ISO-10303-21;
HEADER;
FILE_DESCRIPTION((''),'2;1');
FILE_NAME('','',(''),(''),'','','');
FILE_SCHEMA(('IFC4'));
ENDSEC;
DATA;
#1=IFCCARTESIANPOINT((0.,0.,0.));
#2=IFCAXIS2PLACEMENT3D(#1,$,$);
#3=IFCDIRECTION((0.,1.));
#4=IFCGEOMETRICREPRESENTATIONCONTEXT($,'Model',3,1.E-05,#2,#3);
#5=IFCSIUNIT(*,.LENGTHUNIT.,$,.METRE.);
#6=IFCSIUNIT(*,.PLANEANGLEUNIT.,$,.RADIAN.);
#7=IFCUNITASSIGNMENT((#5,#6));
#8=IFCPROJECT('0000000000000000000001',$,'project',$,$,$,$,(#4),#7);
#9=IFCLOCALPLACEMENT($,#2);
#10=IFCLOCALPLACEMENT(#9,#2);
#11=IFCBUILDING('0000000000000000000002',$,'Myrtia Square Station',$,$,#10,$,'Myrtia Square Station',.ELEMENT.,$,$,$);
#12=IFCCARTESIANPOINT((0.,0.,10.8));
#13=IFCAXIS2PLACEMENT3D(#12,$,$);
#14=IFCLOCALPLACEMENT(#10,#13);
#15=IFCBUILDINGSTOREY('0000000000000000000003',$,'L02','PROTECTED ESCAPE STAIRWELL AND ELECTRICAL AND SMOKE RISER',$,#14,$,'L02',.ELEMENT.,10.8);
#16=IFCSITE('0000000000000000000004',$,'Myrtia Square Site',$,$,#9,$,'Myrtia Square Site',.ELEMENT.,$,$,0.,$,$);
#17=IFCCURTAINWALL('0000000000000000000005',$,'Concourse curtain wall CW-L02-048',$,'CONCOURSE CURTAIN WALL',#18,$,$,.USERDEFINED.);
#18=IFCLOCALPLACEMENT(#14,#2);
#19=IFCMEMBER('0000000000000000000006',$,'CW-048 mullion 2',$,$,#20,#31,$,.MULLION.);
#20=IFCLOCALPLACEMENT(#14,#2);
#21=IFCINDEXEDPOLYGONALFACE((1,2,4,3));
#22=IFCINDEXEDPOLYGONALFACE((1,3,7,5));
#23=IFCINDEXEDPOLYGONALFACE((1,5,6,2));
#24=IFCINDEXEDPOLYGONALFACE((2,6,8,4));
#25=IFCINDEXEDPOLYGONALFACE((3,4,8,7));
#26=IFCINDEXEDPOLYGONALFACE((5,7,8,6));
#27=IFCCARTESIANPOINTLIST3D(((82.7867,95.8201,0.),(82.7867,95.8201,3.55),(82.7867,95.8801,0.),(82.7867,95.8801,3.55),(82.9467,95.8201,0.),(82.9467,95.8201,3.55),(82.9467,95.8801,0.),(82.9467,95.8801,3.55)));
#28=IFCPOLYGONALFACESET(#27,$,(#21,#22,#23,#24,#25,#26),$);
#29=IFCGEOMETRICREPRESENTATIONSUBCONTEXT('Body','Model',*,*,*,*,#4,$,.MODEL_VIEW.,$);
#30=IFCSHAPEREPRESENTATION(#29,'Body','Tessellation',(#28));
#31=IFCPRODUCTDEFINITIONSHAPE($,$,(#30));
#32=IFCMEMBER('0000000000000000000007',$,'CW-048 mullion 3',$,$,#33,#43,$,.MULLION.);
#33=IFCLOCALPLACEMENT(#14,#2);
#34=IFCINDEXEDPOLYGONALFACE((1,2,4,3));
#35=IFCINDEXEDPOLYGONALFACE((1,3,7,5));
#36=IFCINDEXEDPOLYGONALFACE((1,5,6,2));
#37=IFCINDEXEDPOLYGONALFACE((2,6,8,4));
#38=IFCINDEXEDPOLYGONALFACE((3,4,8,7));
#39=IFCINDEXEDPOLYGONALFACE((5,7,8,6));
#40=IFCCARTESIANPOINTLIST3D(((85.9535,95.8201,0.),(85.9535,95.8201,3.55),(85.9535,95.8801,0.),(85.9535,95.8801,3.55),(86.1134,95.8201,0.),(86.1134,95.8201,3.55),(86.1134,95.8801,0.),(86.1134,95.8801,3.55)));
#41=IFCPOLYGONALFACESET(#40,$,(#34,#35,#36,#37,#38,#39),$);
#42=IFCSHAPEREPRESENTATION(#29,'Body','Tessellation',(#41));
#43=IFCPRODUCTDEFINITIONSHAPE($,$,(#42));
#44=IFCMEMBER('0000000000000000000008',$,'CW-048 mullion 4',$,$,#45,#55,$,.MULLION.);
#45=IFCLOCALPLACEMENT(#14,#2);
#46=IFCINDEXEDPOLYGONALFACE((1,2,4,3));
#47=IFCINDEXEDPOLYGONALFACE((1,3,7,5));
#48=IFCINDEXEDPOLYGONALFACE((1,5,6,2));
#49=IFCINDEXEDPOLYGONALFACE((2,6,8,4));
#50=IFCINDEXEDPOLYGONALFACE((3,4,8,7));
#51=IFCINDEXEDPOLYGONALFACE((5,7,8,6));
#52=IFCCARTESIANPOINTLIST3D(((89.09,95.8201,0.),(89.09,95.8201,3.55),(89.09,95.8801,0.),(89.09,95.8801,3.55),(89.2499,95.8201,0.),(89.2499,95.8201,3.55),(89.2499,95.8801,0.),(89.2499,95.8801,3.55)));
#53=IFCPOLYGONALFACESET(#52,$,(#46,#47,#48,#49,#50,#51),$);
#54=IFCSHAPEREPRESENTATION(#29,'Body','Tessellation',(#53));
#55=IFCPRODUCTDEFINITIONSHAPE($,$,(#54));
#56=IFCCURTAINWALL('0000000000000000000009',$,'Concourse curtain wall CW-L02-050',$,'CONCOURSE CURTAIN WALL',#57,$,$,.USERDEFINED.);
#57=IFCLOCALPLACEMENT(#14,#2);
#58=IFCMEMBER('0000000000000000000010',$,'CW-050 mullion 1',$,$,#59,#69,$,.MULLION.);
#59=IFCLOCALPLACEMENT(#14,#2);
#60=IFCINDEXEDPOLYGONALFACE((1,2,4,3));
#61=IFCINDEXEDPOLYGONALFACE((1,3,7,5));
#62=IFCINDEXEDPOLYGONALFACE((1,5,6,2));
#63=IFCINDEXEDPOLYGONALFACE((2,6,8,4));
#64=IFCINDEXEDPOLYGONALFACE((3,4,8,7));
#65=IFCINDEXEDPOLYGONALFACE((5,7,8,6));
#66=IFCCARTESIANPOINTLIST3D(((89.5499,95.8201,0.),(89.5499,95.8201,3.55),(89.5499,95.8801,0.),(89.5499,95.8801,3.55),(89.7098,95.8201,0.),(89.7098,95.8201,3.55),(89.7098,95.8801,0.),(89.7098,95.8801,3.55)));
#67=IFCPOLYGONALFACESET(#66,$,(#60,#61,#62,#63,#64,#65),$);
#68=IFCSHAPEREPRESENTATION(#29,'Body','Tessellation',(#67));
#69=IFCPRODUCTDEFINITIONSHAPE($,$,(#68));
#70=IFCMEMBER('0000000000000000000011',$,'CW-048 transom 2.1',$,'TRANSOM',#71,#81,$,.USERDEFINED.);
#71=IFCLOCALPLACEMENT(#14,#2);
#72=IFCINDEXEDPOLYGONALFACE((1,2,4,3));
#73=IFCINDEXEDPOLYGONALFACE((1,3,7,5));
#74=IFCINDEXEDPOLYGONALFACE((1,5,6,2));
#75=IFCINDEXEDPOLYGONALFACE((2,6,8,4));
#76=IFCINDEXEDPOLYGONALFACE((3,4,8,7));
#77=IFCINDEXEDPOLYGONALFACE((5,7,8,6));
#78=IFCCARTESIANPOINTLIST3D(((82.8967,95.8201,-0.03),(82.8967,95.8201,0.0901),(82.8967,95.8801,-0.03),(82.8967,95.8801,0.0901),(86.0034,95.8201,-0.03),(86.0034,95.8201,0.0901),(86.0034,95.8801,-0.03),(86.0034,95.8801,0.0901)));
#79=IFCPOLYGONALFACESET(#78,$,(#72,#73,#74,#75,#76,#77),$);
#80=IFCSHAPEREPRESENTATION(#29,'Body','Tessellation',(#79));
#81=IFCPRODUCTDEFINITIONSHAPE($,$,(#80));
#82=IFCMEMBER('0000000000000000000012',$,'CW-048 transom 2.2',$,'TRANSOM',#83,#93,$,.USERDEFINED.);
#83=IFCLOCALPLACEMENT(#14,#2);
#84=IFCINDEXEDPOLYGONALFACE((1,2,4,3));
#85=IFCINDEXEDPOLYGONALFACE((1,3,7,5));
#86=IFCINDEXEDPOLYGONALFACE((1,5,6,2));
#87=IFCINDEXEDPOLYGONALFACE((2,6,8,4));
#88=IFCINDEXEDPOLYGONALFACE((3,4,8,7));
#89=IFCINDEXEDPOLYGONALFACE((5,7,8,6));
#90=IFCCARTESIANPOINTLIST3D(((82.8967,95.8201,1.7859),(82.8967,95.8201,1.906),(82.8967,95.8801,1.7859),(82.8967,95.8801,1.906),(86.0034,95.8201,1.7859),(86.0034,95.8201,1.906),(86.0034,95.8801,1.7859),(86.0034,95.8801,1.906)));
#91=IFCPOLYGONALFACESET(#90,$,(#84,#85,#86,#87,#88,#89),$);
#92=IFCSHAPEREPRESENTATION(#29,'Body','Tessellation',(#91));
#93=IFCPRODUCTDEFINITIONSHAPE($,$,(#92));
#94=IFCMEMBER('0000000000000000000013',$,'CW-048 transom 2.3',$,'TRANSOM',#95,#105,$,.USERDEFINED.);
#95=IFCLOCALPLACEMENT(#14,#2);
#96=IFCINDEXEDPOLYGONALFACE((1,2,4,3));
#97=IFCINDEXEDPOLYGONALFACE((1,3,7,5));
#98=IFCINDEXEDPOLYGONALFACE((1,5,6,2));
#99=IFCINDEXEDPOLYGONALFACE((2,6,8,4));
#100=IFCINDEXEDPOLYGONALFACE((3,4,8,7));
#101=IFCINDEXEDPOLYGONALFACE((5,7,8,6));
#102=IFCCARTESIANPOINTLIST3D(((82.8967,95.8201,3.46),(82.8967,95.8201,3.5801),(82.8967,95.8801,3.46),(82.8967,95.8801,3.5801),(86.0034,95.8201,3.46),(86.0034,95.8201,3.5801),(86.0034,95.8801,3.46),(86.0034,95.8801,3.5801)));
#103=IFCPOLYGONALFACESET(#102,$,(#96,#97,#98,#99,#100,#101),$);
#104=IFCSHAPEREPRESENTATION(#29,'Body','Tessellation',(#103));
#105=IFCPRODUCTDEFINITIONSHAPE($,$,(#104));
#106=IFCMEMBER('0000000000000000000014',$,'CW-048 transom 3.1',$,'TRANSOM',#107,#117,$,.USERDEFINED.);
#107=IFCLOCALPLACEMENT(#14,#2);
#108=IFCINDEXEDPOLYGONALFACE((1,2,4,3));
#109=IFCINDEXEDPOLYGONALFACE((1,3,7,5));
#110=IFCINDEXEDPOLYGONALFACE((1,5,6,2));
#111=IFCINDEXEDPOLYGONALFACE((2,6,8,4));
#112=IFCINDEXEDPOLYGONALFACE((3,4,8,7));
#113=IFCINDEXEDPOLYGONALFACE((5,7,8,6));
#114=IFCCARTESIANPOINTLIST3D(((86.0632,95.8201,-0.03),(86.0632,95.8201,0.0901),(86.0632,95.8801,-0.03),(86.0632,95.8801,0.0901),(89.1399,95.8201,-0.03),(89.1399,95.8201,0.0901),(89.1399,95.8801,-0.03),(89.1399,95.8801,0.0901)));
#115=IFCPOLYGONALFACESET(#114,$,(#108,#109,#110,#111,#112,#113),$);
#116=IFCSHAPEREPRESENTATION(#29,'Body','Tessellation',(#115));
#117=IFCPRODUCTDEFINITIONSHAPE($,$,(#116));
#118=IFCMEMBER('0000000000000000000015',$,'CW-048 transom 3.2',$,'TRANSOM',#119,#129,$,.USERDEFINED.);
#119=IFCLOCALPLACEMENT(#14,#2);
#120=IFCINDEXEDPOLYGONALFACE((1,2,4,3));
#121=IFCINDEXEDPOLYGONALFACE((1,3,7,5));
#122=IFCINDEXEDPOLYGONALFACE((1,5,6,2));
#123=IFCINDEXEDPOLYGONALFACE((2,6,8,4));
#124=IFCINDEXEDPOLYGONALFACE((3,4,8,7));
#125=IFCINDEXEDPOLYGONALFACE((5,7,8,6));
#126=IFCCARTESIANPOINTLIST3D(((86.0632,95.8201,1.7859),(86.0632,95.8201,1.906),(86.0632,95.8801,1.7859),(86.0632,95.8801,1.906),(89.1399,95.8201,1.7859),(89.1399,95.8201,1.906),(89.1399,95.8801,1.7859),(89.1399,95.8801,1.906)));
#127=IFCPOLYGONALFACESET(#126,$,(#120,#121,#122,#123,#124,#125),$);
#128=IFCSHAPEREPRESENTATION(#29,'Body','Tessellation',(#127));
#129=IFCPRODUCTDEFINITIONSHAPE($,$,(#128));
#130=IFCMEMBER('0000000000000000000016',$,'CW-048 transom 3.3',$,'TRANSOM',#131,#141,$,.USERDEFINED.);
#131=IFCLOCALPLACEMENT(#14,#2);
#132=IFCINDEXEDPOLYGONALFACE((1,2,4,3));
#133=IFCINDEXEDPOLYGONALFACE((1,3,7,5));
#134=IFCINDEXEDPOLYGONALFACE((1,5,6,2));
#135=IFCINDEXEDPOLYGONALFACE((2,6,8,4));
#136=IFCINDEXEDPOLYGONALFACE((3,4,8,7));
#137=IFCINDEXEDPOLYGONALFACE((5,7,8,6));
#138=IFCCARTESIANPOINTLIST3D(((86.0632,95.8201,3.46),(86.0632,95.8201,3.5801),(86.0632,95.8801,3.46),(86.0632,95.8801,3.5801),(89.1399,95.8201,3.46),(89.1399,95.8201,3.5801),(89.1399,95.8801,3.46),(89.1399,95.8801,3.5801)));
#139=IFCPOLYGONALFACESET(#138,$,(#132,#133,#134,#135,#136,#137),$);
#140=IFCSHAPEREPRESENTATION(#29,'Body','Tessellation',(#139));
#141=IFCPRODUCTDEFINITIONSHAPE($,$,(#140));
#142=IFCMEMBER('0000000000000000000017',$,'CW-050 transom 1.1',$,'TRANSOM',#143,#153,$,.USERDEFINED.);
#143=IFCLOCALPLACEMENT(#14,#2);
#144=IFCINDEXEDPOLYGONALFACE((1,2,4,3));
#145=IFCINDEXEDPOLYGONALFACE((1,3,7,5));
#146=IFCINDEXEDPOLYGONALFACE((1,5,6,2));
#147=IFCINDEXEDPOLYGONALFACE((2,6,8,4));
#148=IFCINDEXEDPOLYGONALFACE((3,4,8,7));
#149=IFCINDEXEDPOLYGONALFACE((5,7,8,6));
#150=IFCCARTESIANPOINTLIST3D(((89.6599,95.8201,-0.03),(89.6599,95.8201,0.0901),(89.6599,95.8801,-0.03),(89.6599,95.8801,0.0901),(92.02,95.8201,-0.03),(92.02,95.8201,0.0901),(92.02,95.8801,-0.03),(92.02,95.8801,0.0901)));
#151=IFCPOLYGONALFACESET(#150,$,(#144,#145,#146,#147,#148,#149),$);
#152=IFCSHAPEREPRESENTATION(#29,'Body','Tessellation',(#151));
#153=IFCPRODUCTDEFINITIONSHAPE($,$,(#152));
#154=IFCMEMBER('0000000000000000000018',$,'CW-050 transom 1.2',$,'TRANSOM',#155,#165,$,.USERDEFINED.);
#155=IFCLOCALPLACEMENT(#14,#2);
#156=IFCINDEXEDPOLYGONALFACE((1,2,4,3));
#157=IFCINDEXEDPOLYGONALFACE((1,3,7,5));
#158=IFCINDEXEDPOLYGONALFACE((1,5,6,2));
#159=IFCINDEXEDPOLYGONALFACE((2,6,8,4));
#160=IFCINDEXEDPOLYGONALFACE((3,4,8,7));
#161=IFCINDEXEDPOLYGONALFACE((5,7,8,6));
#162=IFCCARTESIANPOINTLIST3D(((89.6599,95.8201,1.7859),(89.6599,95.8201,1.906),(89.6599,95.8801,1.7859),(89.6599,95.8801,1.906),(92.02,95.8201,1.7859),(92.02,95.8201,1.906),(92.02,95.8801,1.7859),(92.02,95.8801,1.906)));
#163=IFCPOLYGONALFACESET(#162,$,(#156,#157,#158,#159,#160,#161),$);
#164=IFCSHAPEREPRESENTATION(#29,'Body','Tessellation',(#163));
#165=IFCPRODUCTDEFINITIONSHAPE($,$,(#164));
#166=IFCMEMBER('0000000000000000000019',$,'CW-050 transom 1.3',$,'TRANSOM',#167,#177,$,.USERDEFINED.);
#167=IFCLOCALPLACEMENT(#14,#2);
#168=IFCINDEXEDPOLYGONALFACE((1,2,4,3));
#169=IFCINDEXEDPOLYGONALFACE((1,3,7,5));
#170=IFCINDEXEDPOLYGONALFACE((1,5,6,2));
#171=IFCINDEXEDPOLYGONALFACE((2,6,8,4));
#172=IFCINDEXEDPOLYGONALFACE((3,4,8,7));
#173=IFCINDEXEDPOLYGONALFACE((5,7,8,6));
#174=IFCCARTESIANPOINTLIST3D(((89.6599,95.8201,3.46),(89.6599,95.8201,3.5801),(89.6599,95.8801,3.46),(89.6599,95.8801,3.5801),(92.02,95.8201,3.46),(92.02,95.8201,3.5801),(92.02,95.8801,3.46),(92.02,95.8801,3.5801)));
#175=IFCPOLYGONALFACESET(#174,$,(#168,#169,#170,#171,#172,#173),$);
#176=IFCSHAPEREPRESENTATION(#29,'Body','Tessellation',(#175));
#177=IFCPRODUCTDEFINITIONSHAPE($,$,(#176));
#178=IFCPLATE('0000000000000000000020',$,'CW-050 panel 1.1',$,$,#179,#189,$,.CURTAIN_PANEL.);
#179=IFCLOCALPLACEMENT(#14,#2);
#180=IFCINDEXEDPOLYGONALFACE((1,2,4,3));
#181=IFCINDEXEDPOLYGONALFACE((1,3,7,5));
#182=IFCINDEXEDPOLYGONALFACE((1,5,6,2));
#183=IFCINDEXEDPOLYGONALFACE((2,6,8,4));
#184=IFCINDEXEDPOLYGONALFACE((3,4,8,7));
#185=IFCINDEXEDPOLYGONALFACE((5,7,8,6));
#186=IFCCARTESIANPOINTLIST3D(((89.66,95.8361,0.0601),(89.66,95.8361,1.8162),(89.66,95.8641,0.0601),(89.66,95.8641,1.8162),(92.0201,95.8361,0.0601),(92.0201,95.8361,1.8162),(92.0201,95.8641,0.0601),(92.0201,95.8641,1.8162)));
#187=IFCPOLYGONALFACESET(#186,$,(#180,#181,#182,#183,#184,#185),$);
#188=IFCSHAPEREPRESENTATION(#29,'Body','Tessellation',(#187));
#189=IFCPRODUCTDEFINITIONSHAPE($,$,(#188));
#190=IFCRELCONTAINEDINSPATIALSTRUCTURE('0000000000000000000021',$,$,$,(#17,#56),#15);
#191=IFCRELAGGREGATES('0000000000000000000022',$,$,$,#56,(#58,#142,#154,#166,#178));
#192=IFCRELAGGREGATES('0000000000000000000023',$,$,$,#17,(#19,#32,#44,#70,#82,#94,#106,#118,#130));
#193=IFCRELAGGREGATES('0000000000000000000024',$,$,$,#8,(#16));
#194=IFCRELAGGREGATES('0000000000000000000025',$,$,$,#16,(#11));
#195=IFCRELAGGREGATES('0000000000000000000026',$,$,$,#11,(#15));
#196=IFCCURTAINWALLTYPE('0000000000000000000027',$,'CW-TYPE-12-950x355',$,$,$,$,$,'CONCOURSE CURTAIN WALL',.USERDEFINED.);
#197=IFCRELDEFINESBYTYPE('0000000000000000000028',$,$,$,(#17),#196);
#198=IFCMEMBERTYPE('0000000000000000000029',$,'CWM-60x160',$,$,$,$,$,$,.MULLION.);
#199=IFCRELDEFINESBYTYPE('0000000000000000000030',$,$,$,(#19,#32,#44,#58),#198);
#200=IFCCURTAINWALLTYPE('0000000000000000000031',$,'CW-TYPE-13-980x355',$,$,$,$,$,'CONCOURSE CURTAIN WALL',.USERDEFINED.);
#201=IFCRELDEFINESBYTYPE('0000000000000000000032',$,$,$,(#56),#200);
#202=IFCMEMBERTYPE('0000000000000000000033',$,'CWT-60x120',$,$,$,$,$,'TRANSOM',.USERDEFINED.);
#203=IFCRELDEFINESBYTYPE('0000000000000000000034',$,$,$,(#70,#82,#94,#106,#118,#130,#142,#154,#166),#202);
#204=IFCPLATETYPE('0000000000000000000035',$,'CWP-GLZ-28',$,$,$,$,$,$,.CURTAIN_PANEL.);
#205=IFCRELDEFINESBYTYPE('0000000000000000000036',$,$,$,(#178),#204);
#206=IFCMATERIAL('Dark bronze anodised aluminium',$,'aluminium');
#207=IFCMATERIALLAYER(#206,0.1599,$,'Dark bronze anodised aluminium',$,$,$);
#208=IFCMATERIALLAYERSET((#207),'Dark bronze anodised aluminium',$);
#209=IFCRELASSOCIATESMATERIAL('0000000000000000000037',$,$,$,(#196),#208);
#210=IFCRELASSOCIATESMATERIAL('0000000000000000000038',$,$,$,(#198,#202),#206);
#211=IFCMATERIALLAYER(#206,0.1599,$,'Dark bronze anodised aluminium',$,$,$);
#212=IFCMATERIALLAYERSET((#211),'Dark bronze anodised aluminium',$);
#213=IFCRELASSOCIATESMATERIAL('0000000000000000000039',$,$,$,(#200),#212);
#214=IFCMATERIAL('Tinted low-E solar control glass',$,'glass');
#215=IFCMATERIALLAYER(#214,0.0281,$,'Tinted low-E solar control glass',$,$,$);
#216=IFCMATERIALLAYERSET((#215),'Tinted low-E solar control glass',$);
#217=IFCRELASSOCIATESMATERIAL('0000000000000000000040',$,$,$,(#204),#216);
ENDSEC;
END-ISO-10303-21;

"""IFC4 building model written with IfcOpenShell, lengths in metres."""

from ifc_helpers import new_model, si_unit, direction, frame, origin, origin_2d, place, context, subcontext, project, spatial, rectangle, extrude, material, layer, layer_set, material_profile, profile_set, type_object, element, aggregate, save


model = new_model("IFC4")

# Units and contexts
model_context = context("Model", 3, precision=1e-05, world=origin(), true_north=direction((0.0, 1.0)))
body_context = subcontext(model_context, "Body", "Model", "MODEL_VIEW")
ifc_project = project(units=[si_unit("LENGTHUNIT", "METRE"), si_unit("PLANEANGLEUNIT", "RADIAN")], contexts=[model_context])

# Site, building, storey
site_placement = place(None, origin())
site = spatial("IfcSite", under=ifc_project, at=site_placement, Name="Myrtia Square Site", LongName="Myrtia Square Site", CompositionType="ELEMENT", RefElevation=0.0)
building_placement = place(site_placement, origin())
building = spatial("IfcBuilding", under=site, at=building_placement, Name="Myrtia Square Station", LongName="Myrtia Square Station", CompositionType="ELEMENT")
storey_placement = place(building_placement, frame((0.0, 0.0, 10.8)))
storey = spatial("IfcBuildingStorey", under=building, at=storey_placement, Name="L02", Description="PROTECTED ESCAPE STAIRWELL AND ELECTRICAL AND SMOKE RISER", LongName="L02", CompositionType="ELEMENT", Elevation=10.8)

# Curtain wall, members
ifc_material_1 = material(Name="Dark bronze anodised aluminium", Category="aluminium")
ifc_layer_1 = layer(ifc_material_1, 0.1599, Name="Dark bronze anodised aluminium")
ifc_layer_set_1 = layer_set([ifc_layer_1], Name="Dark bronze anodised aluminium")
curtain_wall_type_1 = type_object("IfcCurtainWallType", Name="CW-TYPE-12-950x355", ElementType="CONCOURSE CURTAIN WALL", PredefinedType="USERDEFINED", material=ifc_layer_set_1)
curtain_wall_1_placement = place(storey_placement, origin())
curtain_wall_1 = element("IfcCurtainWall", 1, at=curtain_wall_1_placement, inside=storey, type_object=curtain_wall_type_1, Name="Concourse curtain wall CW-L02-048", ObjectType="CONCOURSE CURTAIN WALL", PredefinedType="USERDEFINED")
ifc_material_profile_1 = material_profile(ifc_material_1, rectangle(XDim=0.0601, YDim=0.1599, at=origin_2d()), Name="ALU-M 60x160")
ifc_profile_set_1 = profile_set([ifc_material_profile_1], Name="Dark bronze anodised aluminium")
member_type_1 = type_object("IfcMemberType", Name="CWM-60x160", PredefinedType="MULLION", material=ifc_profile_set_1)
member_1_placement = place(storey_placement, frame((82.8667, 95.8501, 0.0), z_axis=(0.0, 0.0, 1.0), x_axis=(0.0, 1.0, 0.0)))
member_1 = element("IfcMember", 2, at=member_1_placement, type_object=member_type_1, Name="CW-048 mullion 2", PredefinedType="MULLION", context=body_context, shape_type="SweptSolid", body=[
    extrude(rectangle(XDim=0.0601, YDim=0.1599, at=origin_2d()), origin(), (0.0, 0.0, 1.0), 3.55),
])
member_2_placement = place(storey_placement, frame((86.0334, 95.8501, 0.0), z_axis=(0.0, 0.0, 1.0), x_axis=(0.0, 1.0, 0.0)))
member_2 = element("IfcMember", 3, at=member_2_placement, type_object=member_type_1, Name="CW-048 mullion 3", PredefinedType="MULLION", context=body_context, shape_type="SweptSolid", body=[
    extrude(rectangle(XDim=0.0601, YDim=0.1599, at=origin_2d()), origin(), (0.0, 0.0, 1.0), 3.55),
])
member_3_placement = place(storey_placement, frame((89.1699, 95.8501, 0.0), z_axis=(0.0, 0.0, 1.0), x_axis=(0.0, 1.0, 0.0)))
member_3 = element("IfcMember", 4, at=member_3_placement, type_object=member_type_1, Name="CW-048 mullion 4", PredefinedType="MULLION", context=body_context, shape_type="SweptSolid", body=[
    extrude(rectangle(XDim=0.0601, YDim=0.1599, at=origin_2d()), origin(), (0.0, 0.0, 1.0), 3.55),
])

# Curtain wall, member
ifc_layer_2 = layer(ifc_material_1, 0.1599, Name="Dark bronze anodised aluminium")
ifc_layer_set_2 = layer_set([ifc_layer_2], Name="Dark bronze anodised aluminium")
curtain_wall_type_2 = type_object("IfcCurtainWallType", Name="CW-TYPE-13-980x355", ElementType="CONCOURSE CURTAIN WALL", PredefinedType="USERDEFINED", material=ifc_layer_set_2)
curtain_wall_2_placement = place(storey_placement, origin())
curtain_wall_2 = element("IfcCurtainWall", 5, at=curtain_wall_2_placement, inside=storey, type_object=curtain_wall_type_2, Name="Concourse curtain wall CW-L02-050", ObjectType="CONCOURSE CURTAIN WALL", PredefinedType="USERDEFINED")
member_4_placement = place(storey_placement, frame((89.6299, 95.8501, 0.0), z_axis=(0.0, 0.0, 1.0), x_axis=(0.0, 1.0, 0.0)))
member_4 = element("IfcMember", 6, at=member_4_placement, type_object=member_type_1, Name="CW-050 mullion 1", PredefinedType="MULLION", context=body_context, shape_type="SweptSolid", body=[
    extrude(rectangle(XDim=0.0601, YDim=0.1599, at=origin_2d()), origin(), (0.0, 0.0, 1.0), 3.55),
])

# Members
ifc_material_profile_2 = material_profile(ifc_material_1, rectangle(XDim=0.0601, YDim=0.1201, at=origin_2d()), Name="ALU-T 60x120")
ifc_profile_set_2 = profile_set([ifc_material_profile_2], Name="Dark bronze anodised aluminium")
member_type_2 = type_object("IfcMemberType", Name="CWT-60x120", ElementType="TRANSOM", PredefinedType="USERDEFINED", material=ifc_profile_set_2)
member_5_placement = place(storey_placement, frame((82.8967, 95.8501, 0.03), z_axis=(1.0, 0.0, 0.0), x_axis=(0.0, 1.0, 0.0)))
member_5 = element("IfcMember", 7, at=member_5_placement, type_object=member_type_2, Name="CW-048 transom 2.1", ObjectType="TRANSOM", PredefinedType="USERDEFINED", context=body_context, shape_type="SweptSolid", body=[
    extrude(rectangle(XDim=0.0601, YDim=0.1201, at=origin_2d()), origin(), (0.0, 0.0, 1.0), 3.1067),
])
member_6_placement = place(storey_placement, frame((82.8967, 95.8501, 1.8459), z_axis=(1.0, 0.0, 0.0), x_axis=(0.0, 1.0, 0.0)))
member_6 = element("IfcMember", 8, at=member_6_placement, type_object=member_type_2, Name="CW-048 transom 2.2", ObjectType="TRANSOM", PredefinedType="USERDEFINED", context=body_context, shape_type="SweptSolid", body=[
    extrude(rectangle(XDim=0.0601, YDim=0.1201, at=origin_2d()), origin(), (0.0, 0.0, 1.0), 3.1067),
])
member_7_placement = place(storey_placement, frame((82.8967, 95.8501, 3.52), z_axis=(1.0, 0.0, 0.0), x_axis=(0.0, 1.0, 0.0)))
member_7 = element("IfcMember", 9, at=member_7_placement, type_object=member_type_2, Name="CW-048 transom 2.3", ObjectType="TRANSOM", PredefinedType="USERDEFINED", context=body_context, shape_type="SweptSolid", body=[
    extrude(rectangle(XDim=0.0601, YDim=0.1201, at=origin_2d()), origin(), (0.0, 0.0, 1.0), 3.1067),
])
member_8_placement = place(storey_placement, frame((86.0632, 95.8501, 0.03), z_axis=(1.0, 0.0, 0.0), x_axis=(0.0, 1.0, 0.0)))
member_8 = element("IfcMember", 10, at=member_8_placement, type_object=member_type_2, Name="CW-048 transom 3.1", ObjectType="TRANSOM", PredefinedType="USERDEFINED", context=body_context, shape_type="SweptSolid", body=[
    extrude(rectangle(XDim=0.0601, YDim=0.1201, at=origin_2d()), origin(), (0.0, 0.0, 1.0), 3.0767),
])
member_9_placement = place(storey_placement, frame((86.0632, 95.8501, 1.8459), z_axis=(1.0, 0.0, 0.0), x_axis=(0.0, 1.0, 0.0)))
member_9 = element("IfcMember", 11, at=member_9_placement, type_object=member_type_2, Name="CW-048 transom 3.2", ObjectType="TRANSOM", PredefinedType="USERDEFINED", context=body_context, shape_type="SweptSolid", body=[
    extrude(rectangle(XDim=0.0601, YDim=0.1201, at=origin_2d()), origin(), (0.0, 0.0, 1.0), 3.0767),
])
member_10_placement = place(storey_placement, frame((86.0632, 95.8501, 3.52), z_axis=(1.0, 0.0, 0.0), x_axis=(0.0, 1.0, 0.0)))
member_10 = element("IfcMember", 12, at=member_10_placement, type_object=member_type_2, Name="CW-048 transom 3.3", ObjectType="TRANSOM", PredefinedType="USERDEFINED", context=body_context, shape_type="SweptSolid", body=[
    extrude(rectangle(XDim=0.0601, YDim=0.1201, at=origin_2d()), origin(), (0.0, 0.0, 1.0), 3.0767),
])
member_11_placement = place(storey_placement, frame((89.6599, 95.8501, 0.03), z_axis=(1.0, 0.0, 0.0), x_axis=(0.0, 1.0, 0.0)))
member_11 = element("IfcMember", 13, at=member_11_placement, type_object=member_type_2, Name="CW-050 transom 1.1", ObjectType="TRANSOM", PredefinedType="USERDEFINED", context=body_context, shape_type="SweptSolid", body=[
    extrude(rectangle(XDim=0.0601, YDim=0.1201, at=origin_2d()), origin(), (0.0, 0.0, 1.0), 2.3601),
])
member_12_placement = place(storey_placement, frame((89.6599, 95.8501, 1.8459), z_axis=(1.0, 0.0, 0.0), x_axis=(0.0, 1.0, 0.0)))
member_12 = element("IfcMember", 14, at=member_12_placement, type_object=member_type_2, Name="CW-050 transom 1.2", ObjectType="TRANSOM", PredefinedType="USERDEFINED", context=body_context, shape_type="SweptSolid", body=[
    extrude(rectangle(XDim=0.0601, YDim=0.1201, at=origin_2d()), origin(), (0.0, 0.0, 1.0), 2.3601),
])
member_13_placement = place(storey_placement, frame((89.6599, 95.8501, 3.52), z_axis=(1.0, 0.0, 0.0), x_axis=(0.0, 1.0, 0.0)))
member_13 = element("IfcMember", 15, at=member_13_placement, type_object=member_type_2, Name="CW-050 transom 1.3", ObjectType="TRANSOM", PredefinedType="USERDEFINED", context=body_context, shape_type="SweptSolid", body=[
    extrude(rectangle(XDim=0.0601, YDim=0.1201, at=origin_2d()), origin(), (0.0, 0.0, 1.0), 2.3601),
])

# Plate
ifc_material_2 = material(Name="Tinted low-E solar control glass", Category="glass")
ifc_layer_3 = layer(ifc_material_2, 0.0281, Name="Tinted low-E solar control glass")
ifc_layer_set_3 = layer_set([ifc_layer_3], Name="Tinted low-E solar control glass")
plate_type_1 = type_object("IfcPlateType", Name="CWP-GLZ-28", PredefinedType="CURTAIN_PANEL", material=ifc_layer_set_3)
plate_1_placement = place(storey_placement, frame((90.8401, 95.8501, 0.0601), z_axis=(0.0, 0.0, 1.0), x_axis=(1.0, 0.0, 0.0)))
plate_1 = element("IfcPlate", 16, at=plate_1_placement, type_object=plate_type_1, Name="CW-050 panel 1.1", PredefinedType="CURTAIN_PANEL", context=body_context, shape_type="SweptSolid", body=[
    extrude(rectangle(XDim=2.3601, YDim=0.0281, at=origin_2d()), origin(), (0.0, 0.0, 1.0), 1.7561),
])
aggregate(curtain_wall_2, [member_4, member_11, member_12, member_13, plate_1])
aggregate(curtain_wall_1, [member_1, member_2, member_3, member_5, member_6, member_7, member_8, member_9, member_10])

save(model, "model.ifc")
